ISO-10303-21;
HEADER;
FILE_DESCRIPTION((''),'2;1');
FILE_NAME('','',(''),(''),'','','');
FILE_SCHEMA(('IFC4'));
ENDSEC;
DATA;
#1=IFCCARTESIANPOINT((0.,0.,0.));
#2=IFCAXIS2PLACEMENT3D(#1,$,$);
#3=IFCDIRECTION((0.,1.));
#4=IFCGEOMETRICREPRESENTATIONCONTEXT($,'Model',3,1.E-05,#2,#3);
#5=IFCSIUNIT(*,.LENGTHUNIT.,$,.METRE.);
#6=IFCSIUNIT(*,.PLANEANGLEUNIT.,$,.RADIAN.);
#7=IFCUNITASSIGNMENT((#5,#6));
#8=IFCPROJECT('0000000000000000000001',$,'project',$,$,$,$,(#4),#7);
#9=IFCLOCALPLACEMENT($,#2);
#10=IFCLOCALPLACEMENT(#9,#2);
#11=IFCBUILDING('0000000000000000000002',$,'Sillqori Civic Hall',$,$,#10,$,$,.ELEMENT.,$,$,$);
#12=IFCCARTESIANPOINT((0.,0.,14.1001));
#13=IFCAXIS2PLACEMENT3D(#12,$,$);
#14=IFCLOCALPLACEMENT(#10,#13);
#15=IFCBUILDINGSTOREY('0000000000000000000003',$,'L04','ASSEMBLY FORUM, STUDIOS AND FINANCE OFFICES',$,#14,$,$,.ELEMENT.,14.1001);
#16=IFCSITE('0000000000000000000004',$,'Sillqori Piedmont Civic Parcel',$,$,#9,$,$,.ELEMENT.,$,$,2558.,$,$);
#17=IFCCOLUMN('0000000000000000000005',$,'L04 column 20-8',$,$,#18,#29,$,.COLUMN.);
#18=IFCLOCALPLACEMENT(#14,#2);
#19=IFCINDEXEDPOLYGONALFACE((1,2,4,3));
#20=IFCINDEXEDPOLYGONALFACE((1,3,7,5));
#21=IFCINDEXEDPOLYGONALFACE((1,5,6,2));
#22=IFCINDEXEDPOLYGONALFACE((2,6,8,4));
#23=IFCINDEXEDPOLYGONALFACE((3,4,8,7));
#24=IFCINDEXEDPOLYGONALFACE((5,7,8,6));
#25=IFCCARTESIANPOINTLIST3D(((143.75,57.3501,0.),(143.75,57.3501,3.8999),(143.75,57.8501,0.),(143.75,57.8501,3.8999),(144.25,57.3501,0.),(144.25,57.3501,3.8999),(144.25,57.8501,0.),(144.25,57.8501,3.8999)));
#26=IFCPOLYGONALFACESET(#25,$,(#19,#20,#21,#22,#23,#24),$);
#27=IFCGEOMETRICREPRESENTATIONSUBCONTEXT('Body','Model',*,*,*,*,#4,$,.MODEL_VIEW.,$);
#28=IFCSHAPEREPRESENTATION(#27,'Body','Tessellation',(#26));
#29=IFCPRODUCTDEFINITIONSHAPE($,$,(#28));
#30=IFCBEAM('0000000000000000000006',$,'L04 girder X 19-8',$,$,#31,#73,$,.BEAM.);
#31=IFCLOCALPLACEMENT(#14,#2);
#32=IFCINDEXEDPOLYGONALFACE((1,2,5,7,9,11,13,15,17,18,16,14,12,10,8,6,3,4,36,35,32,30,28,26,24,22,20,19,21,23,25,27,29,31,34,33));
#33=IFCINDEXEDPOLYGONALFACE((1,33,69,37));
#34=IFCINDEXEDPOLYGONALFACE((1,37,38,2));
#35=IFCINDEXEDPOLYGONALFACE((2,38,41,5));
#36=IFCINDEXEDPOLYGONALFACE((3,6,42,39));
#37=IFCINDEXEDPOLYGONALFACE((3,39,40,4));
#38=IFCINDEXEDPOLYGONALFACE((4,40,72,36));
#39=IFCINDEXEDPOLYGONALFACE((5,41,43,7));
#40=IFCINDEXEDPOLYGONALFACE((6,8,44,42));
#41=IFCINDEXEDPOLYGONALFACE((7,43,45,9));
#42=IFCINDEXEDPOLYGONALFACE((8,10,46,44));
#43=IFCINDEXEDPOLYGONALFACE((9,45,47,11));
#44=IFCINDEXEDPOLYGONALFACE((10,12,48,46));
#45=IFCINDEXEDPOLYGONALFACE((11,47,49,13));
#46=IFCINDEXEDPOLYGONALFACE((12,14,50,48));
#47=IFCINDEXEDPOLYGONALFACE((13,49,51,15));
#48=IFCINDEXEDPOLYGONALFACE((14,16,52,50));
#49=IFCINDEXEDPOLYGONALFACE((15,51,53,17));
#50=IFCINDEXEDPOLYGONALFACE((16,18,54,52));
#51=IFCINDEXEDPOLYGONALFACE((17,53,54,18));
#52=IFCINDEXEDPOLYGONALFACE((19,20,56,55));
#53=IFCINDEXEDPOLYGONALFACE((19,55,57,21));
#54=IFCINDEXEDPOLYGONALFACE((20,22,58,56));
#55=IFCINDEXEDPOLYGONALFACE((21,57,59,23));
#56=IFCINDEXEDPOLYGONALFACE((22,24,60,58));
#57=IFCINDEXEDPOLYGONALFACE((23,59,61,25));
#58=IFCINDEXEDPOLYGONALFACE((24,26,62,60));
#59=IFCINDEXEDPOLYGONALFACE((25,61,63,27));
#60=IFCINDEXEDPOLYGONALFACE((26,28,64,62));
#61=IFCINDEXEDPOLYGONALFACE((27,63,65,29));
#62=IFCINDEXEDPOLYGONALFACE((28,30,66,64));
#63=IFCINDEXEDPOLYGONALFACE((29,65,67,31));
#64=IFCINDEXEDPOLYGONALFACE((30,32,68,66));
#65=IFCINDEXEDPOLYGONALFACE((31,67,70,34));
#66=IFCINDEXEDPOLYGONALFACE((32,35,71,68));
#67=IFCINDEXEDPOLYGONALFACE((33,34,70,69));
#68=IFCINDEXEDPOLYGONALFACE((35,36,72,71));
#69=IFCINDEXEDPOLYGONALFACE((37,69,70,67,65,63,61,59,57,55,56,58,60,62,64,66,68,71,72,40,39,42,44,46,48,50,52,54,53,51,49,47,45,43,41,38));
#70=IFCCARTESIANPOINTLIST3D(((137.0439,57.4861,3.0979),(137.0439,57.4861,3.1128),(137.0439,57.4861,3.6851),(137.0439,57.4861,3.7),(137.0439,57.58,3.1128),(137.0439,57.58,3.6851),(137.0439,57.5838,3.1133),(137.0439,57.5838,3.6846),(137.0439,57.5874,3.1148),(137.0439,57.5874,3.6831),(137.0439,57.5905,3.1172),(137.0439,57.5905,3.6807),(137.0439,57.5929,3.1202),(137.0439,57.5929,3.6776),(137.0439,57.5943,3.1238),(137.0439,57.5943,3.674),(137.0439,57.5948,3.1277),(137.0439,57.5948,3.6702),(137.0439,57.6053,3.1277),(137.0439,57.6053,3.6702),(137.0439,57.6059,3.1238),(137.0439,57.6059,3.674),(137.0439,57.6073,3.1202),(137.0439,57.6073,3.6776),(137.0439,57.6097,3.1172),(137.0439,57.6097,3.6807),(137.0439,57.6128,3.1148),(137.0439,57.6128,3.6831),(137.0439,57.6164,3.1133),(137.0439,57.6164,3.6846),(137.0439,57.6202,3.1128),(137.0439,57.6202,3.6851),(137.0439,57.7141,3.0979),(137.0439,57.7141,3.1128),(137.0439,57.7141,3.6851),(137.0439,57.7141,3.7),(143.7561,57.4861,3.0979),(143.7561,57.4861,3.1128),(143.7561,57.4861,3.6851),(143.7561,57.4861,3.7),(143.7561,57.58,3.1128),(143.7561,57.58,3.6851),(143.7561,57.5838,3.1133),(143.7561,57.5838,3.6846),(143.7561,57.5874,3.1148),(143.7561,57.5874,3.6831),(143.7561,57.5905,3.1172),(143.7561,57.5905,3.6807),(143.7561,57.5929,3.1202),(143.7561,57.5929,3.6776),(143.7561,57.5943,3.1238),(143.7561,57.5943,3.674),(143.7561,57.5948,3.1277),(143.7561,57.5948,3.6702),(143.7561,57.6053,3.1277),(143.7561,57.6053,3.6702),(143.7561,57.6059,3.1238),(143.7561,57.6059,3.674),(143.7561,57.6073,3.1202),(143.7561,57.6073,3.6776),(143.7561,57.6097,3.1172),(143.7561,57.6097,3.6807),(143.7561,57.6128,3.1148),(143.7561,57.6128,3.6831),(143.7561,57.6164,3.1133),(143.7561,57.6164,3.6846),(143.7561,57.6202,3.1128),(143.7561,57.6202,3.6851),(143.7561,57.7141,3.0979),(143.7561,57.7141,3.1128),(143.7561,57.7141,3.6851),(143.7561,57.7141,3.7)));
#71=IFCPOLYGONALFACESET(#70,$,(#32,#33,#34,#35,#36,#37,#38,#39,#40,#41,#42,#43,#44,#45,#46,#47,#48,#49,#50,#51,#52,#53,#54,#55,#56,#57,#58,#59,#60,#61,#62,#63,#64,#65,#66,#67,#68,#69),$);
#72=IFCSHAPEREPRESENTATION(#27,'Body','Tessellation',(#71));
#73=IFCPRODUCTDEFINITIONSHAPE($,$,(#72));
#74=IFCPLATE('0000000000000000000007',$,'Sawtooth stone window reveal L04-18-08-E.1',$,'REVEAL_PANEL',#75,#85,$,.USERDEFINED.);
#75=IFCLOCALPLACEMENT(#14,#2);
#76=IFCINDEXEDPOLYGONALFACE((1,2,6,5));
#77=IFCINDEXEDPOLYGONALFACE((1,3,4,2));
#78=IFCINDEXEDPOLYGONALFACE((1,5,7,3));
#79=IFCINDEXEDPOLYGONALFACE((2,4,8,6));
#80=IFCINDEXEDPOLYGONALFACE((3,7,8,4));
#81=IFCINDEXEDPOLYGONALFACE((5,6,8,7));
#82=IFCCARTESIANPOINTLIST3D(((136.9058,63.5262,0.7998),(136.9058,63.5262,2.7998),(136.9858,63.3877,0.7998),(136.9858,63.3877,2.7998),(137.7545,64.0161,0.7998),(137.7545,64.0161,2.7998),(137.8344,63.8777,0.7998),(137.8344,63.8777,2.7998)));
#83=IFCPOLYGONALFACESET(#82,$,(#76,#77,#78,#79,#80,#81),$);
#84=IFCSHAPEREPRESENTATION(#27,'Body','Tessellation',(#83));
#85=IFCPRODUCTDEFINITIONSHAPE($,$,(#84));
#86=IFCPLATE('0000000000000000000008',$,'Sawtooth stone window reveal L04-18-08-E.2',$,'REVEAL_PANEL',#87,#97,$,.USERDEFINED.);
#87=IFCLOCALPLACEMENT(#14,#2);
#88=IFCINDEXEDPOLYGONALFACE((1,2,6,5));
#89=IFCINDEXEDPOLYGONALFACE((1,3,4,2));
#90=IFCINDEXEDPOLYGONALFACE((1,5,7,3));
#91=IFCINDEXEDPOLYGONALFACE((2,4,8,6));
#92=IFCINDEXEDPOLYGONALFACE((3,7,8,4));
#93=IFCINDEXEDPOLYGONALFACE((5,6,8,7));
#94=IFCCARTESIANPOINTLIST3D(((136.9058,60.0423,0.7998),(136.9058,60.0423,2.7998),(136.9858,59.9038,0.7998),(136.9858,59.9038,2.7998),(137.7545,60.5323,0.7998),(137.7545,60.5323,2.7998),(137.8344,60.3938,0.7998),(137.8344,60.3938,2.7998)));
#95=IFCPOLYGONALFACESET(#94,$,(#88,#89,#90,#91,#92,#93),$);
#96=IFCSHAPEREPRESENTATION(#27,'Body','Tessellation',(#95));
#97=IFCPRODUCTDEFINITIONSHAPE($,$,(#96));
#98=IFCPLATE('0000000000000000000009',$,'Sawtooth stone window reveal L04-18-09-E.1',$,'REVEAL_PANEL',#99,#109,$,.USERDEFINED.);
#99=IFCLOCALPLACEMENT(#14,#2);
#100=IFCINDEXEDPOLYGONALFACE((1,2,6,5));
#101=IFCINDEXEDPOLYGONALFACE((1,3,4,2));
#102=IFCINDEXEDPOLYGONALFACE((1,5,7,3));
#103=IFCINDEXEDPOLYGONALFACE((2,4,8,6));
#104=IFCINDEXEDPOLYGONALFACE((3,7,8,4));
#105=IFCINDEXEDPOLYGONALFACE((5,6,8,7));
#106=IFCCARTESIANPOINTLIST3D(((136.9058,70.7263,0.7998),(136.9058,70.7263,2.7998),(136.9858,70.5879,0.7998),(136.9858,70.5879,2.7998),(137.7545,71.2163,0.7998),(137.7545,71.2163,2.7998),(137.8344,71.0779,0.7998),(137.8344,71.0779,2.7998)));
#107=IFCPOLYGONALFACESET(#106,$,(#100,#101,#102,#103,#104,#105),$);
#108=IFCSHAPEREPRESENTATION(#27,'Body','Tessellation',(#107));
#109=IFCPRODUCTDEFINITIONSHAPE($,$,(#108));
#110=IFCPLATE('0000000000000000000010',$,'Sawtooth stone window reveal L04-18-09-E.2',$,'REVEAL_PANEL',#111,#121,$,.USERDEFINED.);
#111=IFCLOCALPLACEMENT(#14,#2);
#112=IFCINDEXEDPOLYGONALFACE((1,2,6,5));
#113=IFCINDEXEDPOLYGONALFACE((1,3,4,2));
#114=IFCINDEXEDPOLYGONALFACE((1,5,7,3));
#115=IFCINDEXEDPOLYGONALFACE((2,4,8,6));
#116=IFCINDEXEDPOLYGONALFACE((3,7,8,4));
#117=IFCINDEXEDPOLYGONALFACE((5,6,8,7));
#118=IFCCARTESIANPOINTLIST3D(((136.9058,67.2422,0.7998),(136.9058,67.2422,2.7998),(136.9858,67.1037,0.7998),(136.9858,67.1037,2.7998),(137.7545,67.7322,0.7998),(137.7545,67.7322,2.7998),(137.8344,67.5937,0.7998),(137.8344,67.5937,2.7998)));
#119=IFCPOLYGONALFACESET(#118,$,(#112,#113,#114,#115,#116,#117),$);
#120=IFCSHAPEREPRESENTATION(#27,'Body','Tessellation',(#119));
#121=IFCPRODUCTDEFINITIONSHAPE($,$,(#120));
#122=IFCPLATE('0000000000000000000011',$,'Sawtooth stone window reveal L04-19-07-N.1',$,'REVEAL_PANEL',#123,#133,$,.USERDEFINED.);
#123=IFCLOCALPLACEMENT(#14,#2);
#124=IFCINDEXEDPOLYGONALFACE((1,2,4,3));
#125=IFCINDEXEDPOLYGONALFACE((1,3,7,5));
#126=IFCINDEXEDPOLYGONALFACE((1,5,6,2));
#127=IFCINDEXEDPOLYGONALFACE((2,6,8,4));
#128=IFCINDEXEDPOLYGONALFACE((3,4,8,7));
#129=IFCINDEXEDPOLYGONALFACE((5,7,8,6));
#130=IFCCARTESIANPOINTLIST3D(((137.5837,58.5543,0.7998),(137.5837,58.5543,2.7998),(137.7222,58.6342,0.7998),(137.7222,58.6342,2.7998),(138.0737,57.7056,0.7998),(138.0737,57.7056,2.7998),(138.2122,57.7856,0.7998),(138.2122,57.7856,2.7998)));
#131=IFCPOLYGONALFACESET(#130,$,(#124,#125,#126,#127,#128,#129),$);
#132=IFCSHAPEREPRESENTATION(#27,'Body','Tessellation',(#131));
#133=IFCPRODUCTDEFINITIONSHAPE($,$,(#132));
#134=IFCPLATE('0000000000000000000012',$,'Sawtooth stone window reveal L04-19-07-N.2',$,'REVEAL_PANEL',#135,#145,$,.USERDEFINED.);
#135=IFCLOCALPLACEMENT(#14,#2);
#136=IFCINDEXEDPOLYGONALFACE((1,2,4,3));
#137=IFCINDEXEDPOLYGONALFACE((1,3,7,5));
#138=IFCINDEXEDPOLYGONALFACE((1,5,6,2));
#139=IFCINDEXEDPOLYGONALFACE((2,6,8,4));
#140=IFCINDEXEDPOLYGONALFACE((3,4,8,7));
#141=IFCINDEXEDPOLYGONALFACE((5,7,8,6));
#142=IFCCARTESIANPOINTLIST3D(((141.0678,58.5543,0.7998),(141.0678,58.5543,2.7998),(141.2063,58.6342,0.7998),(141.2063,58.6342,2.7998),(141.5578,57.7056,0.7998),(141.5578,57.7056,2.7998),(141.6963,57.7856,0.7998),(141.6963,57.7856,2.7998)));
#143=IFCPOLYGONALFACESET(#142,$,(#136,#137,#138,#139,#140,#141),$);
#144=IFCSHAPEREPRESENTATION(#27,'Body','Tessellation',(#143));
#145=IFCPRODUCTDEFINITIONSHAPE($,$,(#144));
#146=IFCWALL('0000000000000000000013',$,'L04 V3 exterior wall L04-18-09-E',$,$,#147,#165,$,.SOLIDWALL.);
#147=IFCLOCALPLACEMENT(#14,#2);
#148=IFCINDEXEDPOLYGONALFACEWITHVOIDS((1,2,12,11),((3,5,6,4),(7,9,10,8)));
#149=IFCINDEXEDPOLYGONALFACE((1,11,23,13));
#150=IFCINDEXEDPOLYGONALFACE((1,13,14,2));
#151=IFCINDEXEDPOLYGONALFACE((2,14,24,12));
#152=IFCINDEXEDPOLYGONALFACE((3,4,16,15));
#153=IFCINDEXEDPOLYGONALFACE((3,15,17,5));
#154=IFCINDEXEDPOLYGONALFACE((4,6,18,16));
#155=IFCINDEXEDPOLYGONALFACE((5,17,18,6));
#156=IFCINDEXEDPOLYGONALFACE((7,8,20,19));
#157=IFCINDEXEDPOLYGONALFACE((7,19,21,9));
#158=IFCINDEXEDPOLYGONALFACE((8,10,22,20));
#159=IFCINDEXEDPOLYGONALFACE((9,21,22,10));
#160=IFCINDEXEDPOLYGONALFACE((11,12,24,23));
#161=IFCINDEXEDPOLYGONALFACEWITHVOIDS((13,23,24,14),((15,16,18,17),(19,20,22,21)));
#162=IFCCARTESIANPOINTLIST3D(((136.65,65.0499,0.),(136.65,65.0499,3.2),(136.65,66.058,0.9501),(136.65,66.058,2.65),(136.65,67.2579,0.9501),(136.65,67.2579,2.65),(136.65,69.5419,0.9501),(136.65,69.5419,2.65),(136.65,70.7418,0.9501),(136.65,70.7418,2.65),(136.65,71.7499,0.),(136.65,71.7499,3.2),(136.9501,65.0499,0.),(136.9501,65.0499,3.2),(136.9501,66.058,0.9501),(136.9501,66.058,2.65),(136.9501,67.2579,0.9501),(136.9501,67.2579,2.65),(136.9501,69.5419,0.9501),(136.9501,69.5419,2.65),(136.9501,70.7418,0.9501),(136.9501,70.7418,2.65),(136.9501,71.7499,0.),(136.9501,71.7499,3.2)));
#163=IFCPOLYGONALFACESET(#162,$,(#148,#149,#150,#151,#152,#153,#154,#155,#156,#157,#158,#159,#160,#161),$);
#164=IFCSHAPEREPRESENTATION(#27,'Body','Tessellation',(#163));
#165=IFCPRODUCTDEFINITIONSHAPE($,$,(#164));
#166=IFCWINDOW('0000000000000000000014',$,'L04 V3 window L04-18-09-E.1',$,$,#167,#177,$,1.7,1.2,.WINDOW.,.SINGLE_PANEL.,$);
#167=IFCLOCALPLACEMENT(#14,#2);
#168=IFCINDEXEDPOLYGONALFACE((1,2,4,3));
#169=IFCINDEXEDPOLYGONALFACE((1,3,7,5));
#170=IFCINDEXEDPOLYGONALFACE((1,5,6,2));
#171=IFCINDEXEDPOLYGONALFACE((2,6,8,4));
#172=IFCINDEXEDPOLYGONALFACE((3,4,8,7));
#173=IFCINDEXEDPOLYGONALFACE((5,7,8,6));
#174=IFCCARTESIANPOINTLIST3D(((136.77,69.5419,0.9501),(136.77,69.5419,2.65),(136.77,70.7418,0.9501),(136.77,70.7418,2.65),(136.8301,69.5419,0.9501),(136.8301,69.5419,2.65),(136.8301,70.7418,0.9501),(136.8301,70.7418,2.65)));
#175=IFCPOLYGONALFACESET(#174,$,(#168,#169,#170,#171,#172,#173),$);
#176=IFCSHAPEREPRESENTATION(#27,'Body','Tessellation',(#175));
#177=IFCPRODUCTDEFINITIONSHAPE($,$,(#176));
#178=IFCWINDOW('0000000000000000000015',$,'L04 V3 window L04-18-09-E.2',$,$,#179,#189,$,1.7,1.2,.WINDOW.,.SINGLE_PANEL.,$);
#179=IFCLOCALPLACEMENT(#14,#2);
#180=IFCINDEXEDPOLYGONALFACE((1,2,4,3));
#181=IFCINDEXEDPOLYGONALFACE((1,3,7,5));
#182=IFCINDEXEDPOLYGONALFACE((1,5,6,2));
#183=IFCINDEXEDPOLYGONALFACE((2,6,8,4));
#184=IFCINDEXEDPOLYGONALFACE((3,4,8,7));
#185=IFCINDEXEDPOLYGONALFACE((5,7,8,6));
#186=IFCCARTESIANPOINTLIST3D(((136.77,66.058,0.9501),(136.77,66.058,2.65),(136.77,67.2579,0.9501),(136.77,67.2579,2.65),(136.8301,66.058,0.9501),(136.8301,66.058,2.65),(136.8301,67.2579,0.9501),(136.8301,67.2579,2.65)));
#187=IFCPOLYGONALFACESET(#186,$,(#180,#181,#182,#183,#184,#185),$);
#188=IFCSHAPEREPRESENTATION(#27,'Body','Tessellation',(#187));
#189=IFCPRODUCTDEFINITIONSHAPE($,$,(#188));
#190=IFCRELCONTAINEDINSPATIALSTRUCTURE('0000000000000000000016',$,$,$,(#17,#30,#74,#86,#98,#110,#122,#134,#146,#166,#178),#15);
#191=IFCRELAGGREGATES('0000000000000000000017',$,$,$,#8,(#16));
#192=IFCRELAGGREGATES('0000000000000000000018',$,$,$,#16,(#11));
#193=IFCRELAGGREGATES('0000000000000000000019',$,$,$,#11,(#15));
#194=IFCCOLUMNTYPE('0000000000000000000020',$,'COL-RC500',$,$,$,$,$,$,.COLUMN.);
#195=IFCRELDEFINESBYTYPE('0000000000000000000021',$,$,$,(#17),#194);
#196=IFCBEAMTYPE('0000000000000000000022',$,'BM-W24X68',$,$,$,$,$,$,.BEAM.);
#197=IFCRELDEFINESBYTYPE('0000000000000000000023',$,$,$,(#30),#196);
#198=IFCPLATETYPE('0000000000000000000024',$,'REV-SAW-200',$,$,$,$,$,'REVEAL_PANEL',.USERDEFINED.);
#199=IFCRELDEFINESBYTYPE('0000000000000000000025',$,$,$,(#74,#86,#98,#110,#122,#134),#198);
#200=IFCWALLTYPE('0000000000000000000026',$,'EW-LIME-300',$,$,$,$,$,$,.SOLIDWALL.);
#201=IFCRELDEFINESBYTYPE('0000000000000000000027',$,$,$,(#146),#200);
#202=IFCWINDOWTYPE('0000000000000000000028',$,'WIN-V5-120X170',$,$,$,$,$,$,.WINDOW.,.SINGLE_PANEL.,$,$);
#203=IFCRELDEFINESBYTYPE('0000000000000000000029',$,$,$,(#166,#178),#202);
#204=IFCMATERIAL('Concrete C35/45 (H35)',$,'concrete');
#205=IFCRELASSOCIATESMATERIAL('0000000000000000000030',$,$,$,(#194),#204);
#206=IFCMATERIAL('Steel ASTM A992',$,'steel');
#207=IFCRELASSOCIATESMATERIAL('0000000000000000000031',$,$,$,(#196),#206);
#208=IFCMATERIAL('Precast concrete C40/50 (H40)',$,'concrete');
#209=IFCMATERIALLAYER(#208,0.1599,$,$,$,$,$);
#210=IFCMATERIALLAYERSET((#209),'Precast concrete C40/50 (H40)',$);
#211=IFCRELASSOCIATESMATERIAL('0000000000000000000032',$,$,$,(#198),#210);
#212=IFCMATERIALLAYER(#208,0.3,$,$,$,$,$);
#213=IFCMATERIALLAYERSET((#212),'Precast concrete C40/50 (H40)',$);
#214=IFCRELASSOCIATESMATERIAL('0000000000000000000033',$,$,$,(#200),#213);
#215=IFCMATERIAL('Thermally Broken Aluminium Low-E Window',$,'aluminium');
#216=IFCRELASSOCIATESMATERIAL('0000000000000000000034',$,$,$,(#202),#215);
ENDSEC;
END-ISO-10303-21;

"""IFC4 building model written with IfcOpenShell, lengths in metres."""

from ifc_helpers import new_model, si_unit, direction, frame, frame_2d, origin, origin_2d, place, context, subcontext, project, spatial, rectangle, i_section, extrude, material, layer, layer_set, material_profile, profile_set, type_object, element, fill, save


model = new_model("IFC4")

# Units and contexts
model_context = context("Model", 3, precision=1e-05, world=origin(), true_north=direction((0.0, 1.0)))
body_context = subcontext(model_context, "Body", "Model", "MODEL_VIEW")
ifc_project = project(units=[si_unit("LENGTHUNIT", "METRE"), si_unit("PLANEANGLEUNIT", "RADIAN")], contexts=[model_context])

# Site, building, storey
site_placement = place(None, origin())
site = spatial("IfcSite", under=ifc_project, at=site_placement, Name="Sillqori Piedmont Civic Parcel", CompositionType="ELEMENT", RefElevation=2558.0)
building_placement = place(site_placement, origin())
building = spatial("IfcBuilding", under=site, at=building_placement, Name="Sillqori Civic Hall", CompositionType="ELEMENT")
storey_placement = place(building_placement, frame((0.0, 0.0, 14.1001)))
storey = spatial("IfcBuildingStorey", under=building, at=storey_placement, Name="L04", Description="ASSEMBLY FORUM, STUDIOS AND FINANCE OFFICES", CompositionType="ELEMENT", Elevation=14.1001)

# Column
ifc_material_1 = material(Name="Concrete C35/45 (H35)", Category="concrete")
ifc_material_profile_1 = material_profile(ifc_material_1, rectangle(XDim=0.5, YDim=0.5, at=origin_2d()), Name="RC 500x500")
ifc_profile_set_1 = profile_set([ifc_material_profile_1], Name="Concrete C35/45 (H35)")
column_type = type_object("IfcColumnType", Name="COL-RC500", PredefinedType="COLUMN", material=ifc_profile_set_1)
column_placement = place(storey_placement, frame((144.0, 57.6001, 0.0), z_axis=(0.0, 0.0, 1.0), x_axis=(1.0, 0.0, 0.0)))
element("IfcColumn", 1, at=column_placement, inside=storey, type_object=column_type, Name="L04 column 20-8", PredefinedType="COLUMN", context=body_context, shape_type="SweptSolid", body=[
    extrude(rectangle(XDim=0.5, YDim=0.5, at=origin_2d()), origin(), (0.0, 0.0, 1.0), 3.8999),
])

# Beam
ifc_material_2 = material(Name="Steel ASTM A992", Category="steel")
ifc_material_profile_2 = material_profile(ifc_material_2, i_section(OverallWidth=0.228, OverallDepth=0.6021, WebThickness=0.0105, FlangeThickness=0.0149, FilletRadius=0.0149, at=origin_2d()), Name="W24X68")
ifc_profile_set_2 = profile_set([ifc_material_profile_2], Name="Steel ASTM A992")
beam_type = type_object("IfcBeamType", Name="BM-W24X68", PredefinedType="BEAM", material=ifc_profile_set_2)
beam_placement = place(storey_placement, frame((137.0439, 57.6001, 3.3989), z_axis=(1.0, 0.0, 0.0), x_axis=(0.0, 1.0, 0.0)))
element("IfcBeam", 2, at=beam_placement, inside=storey, type_object=beam_type, Name="L04 girder X 19-8", PredefinedType="BEAM", context=body_context, shape_type="SweptSolid", body=[
    extrude(i_section(OverallWidth=0.228, OverallDepth=0.6021, WebThickness=0.0105, FlangeThickness=0.0149, FilletRadius=0.0149, at=origin_2d()), origin(), (0.0, 0.0, 1.0), 6.7122),
])

# Plates
ifc_material_3 = material(Name="Precast concrete C40/50 (H40)", Category="concrete")
ifc_layer_1 = layer(ifc_material_3, 0.1599)
ifc_layer_set_1 = layer_set([ifc_layer_1], Name="Precast concrete C40/50 (H40)")
plate_type = type_object("IfcPlateType", Name="REV-SAW-200", ElementType="REVEAL_PANEL", PredefinedType="USERDEFINED", material=ifc_layer_set_1)
for number, where, z_axis, x_axis, name in (
    (3, (137.3701, 63.7019, 0.7998), (0.0, 0.0, 1.0), (0.5, -0.866025, 0.0), "Sawtooth stone window reveal L04-18-08-E.1"),
    (4, (137.3701, 60.218, 0.7998), (0.0, 0.0, 1.0), (0.5, -0.866025, 0.0), "Sawtooth stone window reveal L04-18-08-E.2"),
    (5, (137.3701, 70.9021, 0.7998), (0.0, 0.0, 1.0), (0.5, -0.866025, 0.0), "Sawtooth stone window reveal L04-18-09-E.1"),
    (6, (137.3701, 67.418, 0.7998), (0.0, 0.0, 1.0), (0.5, -0.866025, 0.0), "Sawtooth stone window reveal L04-18-09-E.2"),
    (7, (137.8979, 58.1699, 0.7998), (0.0, 0.0, 1.0), (0.866025, 0.5, 0.0), "Sawtooth stone window reveal L04-19-07-N.1"),
    (8, (141.3821, 58.1699, 0.7998), (0.0, 0.0, 1.0), (0.866025, 0.5, 0.0), "Sawtooth stone window reveal L04-19-07-N.2"),
):
    element("IfcPlate", number, at=place(storey_placement, frame(where, z_axis=z_axis, x_axis=x_axis)), inside=storey, type_object=plate_type, Name=name, ObjectType="REVEAL_PANEL", PredefinedType="USERDEFINED", context=body_context, shape_type="SweptSolid", body=[
        extrude(rectangle(XDim=0.1599, YDim=0.98, at=origin_2d()), origin(), (0.0, 0.0, 1.0), 2.0),
    ])

# Wall, openings, windows
ifc_layer_2 = layer(ifc_material_3, 0.3)
ifc_layer_set_2 = layer_set([ifc_layer_2], Name="Precast concrete C40/50 (H40)")
wall_type = type_object("IfcWallType", Name="EW-LIME-300", PredefinedType="SOLIDWALL", material=ifc_layer_set_2)
wall_1_placement = place(storey_placement, frame((136.8, 71.75, 0.0), z_axis=(0.0, 0.0, 1.0), x_axis=(0.0, -1.0, 0.0)))
wall_1 = element("IfcWall", 9, at=wall_1_placement, inside=storey, type_object=wall_type, Name="L04 V3 exterior wall L04-18-09-E", PredefinedType="SOLIDWALL", context=body_context, shape_type="SweptSolid", body=[
    extrude(rectangle(XDim=6.7, YDim=0.3, at=frame_2d((3.3501, 0.0))), origin(), (0.0, 0.0, 1.0), 3.2),
])
opening_1_placement = place(wall_1_placement, frame((1.0081, 0.0, 0.95)))
opening_1 = element("IfcOpeningElement", 10, at=opening_1_placement, cuts=wall_1, PredefinedType="OPENING", context=body_context, shape_type="SweptSolid", body=[
    extrude(rectangle(XDim=1.2, YDim=1.7, at=frame_2d((0.6001, 0.8501))), frame((0.0, 0.1599, 0.0), z_axis=(0.0, -1.0, 0.0), x_axis=(1.0, 0.0, 0.0)), (0.0, 0.0, 1.0), 0.3201),
])
opening_2_placement = place(wall_1_placement, frame((4.4919, 0.0, 0.95)))
opening_2 = element("IfcOpeningElement", 11, at=opening_2_placement, cuts=wall_1, PredefinedType="OPENING", context=body_context, shape_type="SweptSolid", body=[
    extrude(rectangle(XDim=1.2, YDim=1.7, at=frame_2d((0.6001, 0.8501))), frame((0.0, 0.1599, 0.0), z_axis=(0.0, -1.0, 0.0), x_axis=(1.0, 0.0, 0.0)), (0.0, 0.0, 1.0), 0.3201),
])
ifc_material_4 = material(Name="Thermally Broken Aluminium Low-E Window", Category="aluminium")
window_type = type_object("IfcWindowType", Name="WIN-V5-120X170", PartitioningType="SINGLE_PANEL", PredefinedType="WINDOW", material=ifc_material_4)
window_1_placement = place(opening_1_placement, origin())
window_1 = element("IfcWindow", 12, at=window_1_placement, inside=storey, type_object=window_type, Name="L04 V3 window L04-18-09-E.1", OverallHeight=1.7, OverallWidth=1.2, PartitioningType="SINGLE_PANEL", PredefinedType="WINDOW", context=body_context, shape_type="SweptSolid", body=[
    extrude(rectangle(XDim=1.2, YDim=1.7, at=frame_2d((0.6001, 0.8501))), frame((0.0, 0.03, 0.0), z_axis=(0.0, -1.0, 0.0), x_axis=(1.0, 0.0, 0.0)), (0.0, 0.0, 1.0), 0.0601),
])
fill(opening_1, window_1)
window_2_placement = place(opening_2_placement, origin())
window_2 = element("IfcWindow", 13, at=window_2_placement, inside=storey, type_object=window_type, Name="L04 V3 window L04-18-09-E.2", OverallHeight=1.7, OverallWidth=1.2, PartitioningType="SINGLE_PANEL", PredefinedType="WINDOW", context=body_context, shape_type="SweptSolid", body=[
    extrude(rectangle(XDim=1.2, YDim=1.7, at=frame_2d((0.6001, 0.8501))), frame((0.0, 0.03, 0.0), z_axis=(0.0, -1.0, 0.0), x_axis=(1.0, 0.0, 0.0)), (0.0, 0.0, 1.0), 0.0601),
])
fill(opening_2, window_2)

save(model, "model.ifc")
